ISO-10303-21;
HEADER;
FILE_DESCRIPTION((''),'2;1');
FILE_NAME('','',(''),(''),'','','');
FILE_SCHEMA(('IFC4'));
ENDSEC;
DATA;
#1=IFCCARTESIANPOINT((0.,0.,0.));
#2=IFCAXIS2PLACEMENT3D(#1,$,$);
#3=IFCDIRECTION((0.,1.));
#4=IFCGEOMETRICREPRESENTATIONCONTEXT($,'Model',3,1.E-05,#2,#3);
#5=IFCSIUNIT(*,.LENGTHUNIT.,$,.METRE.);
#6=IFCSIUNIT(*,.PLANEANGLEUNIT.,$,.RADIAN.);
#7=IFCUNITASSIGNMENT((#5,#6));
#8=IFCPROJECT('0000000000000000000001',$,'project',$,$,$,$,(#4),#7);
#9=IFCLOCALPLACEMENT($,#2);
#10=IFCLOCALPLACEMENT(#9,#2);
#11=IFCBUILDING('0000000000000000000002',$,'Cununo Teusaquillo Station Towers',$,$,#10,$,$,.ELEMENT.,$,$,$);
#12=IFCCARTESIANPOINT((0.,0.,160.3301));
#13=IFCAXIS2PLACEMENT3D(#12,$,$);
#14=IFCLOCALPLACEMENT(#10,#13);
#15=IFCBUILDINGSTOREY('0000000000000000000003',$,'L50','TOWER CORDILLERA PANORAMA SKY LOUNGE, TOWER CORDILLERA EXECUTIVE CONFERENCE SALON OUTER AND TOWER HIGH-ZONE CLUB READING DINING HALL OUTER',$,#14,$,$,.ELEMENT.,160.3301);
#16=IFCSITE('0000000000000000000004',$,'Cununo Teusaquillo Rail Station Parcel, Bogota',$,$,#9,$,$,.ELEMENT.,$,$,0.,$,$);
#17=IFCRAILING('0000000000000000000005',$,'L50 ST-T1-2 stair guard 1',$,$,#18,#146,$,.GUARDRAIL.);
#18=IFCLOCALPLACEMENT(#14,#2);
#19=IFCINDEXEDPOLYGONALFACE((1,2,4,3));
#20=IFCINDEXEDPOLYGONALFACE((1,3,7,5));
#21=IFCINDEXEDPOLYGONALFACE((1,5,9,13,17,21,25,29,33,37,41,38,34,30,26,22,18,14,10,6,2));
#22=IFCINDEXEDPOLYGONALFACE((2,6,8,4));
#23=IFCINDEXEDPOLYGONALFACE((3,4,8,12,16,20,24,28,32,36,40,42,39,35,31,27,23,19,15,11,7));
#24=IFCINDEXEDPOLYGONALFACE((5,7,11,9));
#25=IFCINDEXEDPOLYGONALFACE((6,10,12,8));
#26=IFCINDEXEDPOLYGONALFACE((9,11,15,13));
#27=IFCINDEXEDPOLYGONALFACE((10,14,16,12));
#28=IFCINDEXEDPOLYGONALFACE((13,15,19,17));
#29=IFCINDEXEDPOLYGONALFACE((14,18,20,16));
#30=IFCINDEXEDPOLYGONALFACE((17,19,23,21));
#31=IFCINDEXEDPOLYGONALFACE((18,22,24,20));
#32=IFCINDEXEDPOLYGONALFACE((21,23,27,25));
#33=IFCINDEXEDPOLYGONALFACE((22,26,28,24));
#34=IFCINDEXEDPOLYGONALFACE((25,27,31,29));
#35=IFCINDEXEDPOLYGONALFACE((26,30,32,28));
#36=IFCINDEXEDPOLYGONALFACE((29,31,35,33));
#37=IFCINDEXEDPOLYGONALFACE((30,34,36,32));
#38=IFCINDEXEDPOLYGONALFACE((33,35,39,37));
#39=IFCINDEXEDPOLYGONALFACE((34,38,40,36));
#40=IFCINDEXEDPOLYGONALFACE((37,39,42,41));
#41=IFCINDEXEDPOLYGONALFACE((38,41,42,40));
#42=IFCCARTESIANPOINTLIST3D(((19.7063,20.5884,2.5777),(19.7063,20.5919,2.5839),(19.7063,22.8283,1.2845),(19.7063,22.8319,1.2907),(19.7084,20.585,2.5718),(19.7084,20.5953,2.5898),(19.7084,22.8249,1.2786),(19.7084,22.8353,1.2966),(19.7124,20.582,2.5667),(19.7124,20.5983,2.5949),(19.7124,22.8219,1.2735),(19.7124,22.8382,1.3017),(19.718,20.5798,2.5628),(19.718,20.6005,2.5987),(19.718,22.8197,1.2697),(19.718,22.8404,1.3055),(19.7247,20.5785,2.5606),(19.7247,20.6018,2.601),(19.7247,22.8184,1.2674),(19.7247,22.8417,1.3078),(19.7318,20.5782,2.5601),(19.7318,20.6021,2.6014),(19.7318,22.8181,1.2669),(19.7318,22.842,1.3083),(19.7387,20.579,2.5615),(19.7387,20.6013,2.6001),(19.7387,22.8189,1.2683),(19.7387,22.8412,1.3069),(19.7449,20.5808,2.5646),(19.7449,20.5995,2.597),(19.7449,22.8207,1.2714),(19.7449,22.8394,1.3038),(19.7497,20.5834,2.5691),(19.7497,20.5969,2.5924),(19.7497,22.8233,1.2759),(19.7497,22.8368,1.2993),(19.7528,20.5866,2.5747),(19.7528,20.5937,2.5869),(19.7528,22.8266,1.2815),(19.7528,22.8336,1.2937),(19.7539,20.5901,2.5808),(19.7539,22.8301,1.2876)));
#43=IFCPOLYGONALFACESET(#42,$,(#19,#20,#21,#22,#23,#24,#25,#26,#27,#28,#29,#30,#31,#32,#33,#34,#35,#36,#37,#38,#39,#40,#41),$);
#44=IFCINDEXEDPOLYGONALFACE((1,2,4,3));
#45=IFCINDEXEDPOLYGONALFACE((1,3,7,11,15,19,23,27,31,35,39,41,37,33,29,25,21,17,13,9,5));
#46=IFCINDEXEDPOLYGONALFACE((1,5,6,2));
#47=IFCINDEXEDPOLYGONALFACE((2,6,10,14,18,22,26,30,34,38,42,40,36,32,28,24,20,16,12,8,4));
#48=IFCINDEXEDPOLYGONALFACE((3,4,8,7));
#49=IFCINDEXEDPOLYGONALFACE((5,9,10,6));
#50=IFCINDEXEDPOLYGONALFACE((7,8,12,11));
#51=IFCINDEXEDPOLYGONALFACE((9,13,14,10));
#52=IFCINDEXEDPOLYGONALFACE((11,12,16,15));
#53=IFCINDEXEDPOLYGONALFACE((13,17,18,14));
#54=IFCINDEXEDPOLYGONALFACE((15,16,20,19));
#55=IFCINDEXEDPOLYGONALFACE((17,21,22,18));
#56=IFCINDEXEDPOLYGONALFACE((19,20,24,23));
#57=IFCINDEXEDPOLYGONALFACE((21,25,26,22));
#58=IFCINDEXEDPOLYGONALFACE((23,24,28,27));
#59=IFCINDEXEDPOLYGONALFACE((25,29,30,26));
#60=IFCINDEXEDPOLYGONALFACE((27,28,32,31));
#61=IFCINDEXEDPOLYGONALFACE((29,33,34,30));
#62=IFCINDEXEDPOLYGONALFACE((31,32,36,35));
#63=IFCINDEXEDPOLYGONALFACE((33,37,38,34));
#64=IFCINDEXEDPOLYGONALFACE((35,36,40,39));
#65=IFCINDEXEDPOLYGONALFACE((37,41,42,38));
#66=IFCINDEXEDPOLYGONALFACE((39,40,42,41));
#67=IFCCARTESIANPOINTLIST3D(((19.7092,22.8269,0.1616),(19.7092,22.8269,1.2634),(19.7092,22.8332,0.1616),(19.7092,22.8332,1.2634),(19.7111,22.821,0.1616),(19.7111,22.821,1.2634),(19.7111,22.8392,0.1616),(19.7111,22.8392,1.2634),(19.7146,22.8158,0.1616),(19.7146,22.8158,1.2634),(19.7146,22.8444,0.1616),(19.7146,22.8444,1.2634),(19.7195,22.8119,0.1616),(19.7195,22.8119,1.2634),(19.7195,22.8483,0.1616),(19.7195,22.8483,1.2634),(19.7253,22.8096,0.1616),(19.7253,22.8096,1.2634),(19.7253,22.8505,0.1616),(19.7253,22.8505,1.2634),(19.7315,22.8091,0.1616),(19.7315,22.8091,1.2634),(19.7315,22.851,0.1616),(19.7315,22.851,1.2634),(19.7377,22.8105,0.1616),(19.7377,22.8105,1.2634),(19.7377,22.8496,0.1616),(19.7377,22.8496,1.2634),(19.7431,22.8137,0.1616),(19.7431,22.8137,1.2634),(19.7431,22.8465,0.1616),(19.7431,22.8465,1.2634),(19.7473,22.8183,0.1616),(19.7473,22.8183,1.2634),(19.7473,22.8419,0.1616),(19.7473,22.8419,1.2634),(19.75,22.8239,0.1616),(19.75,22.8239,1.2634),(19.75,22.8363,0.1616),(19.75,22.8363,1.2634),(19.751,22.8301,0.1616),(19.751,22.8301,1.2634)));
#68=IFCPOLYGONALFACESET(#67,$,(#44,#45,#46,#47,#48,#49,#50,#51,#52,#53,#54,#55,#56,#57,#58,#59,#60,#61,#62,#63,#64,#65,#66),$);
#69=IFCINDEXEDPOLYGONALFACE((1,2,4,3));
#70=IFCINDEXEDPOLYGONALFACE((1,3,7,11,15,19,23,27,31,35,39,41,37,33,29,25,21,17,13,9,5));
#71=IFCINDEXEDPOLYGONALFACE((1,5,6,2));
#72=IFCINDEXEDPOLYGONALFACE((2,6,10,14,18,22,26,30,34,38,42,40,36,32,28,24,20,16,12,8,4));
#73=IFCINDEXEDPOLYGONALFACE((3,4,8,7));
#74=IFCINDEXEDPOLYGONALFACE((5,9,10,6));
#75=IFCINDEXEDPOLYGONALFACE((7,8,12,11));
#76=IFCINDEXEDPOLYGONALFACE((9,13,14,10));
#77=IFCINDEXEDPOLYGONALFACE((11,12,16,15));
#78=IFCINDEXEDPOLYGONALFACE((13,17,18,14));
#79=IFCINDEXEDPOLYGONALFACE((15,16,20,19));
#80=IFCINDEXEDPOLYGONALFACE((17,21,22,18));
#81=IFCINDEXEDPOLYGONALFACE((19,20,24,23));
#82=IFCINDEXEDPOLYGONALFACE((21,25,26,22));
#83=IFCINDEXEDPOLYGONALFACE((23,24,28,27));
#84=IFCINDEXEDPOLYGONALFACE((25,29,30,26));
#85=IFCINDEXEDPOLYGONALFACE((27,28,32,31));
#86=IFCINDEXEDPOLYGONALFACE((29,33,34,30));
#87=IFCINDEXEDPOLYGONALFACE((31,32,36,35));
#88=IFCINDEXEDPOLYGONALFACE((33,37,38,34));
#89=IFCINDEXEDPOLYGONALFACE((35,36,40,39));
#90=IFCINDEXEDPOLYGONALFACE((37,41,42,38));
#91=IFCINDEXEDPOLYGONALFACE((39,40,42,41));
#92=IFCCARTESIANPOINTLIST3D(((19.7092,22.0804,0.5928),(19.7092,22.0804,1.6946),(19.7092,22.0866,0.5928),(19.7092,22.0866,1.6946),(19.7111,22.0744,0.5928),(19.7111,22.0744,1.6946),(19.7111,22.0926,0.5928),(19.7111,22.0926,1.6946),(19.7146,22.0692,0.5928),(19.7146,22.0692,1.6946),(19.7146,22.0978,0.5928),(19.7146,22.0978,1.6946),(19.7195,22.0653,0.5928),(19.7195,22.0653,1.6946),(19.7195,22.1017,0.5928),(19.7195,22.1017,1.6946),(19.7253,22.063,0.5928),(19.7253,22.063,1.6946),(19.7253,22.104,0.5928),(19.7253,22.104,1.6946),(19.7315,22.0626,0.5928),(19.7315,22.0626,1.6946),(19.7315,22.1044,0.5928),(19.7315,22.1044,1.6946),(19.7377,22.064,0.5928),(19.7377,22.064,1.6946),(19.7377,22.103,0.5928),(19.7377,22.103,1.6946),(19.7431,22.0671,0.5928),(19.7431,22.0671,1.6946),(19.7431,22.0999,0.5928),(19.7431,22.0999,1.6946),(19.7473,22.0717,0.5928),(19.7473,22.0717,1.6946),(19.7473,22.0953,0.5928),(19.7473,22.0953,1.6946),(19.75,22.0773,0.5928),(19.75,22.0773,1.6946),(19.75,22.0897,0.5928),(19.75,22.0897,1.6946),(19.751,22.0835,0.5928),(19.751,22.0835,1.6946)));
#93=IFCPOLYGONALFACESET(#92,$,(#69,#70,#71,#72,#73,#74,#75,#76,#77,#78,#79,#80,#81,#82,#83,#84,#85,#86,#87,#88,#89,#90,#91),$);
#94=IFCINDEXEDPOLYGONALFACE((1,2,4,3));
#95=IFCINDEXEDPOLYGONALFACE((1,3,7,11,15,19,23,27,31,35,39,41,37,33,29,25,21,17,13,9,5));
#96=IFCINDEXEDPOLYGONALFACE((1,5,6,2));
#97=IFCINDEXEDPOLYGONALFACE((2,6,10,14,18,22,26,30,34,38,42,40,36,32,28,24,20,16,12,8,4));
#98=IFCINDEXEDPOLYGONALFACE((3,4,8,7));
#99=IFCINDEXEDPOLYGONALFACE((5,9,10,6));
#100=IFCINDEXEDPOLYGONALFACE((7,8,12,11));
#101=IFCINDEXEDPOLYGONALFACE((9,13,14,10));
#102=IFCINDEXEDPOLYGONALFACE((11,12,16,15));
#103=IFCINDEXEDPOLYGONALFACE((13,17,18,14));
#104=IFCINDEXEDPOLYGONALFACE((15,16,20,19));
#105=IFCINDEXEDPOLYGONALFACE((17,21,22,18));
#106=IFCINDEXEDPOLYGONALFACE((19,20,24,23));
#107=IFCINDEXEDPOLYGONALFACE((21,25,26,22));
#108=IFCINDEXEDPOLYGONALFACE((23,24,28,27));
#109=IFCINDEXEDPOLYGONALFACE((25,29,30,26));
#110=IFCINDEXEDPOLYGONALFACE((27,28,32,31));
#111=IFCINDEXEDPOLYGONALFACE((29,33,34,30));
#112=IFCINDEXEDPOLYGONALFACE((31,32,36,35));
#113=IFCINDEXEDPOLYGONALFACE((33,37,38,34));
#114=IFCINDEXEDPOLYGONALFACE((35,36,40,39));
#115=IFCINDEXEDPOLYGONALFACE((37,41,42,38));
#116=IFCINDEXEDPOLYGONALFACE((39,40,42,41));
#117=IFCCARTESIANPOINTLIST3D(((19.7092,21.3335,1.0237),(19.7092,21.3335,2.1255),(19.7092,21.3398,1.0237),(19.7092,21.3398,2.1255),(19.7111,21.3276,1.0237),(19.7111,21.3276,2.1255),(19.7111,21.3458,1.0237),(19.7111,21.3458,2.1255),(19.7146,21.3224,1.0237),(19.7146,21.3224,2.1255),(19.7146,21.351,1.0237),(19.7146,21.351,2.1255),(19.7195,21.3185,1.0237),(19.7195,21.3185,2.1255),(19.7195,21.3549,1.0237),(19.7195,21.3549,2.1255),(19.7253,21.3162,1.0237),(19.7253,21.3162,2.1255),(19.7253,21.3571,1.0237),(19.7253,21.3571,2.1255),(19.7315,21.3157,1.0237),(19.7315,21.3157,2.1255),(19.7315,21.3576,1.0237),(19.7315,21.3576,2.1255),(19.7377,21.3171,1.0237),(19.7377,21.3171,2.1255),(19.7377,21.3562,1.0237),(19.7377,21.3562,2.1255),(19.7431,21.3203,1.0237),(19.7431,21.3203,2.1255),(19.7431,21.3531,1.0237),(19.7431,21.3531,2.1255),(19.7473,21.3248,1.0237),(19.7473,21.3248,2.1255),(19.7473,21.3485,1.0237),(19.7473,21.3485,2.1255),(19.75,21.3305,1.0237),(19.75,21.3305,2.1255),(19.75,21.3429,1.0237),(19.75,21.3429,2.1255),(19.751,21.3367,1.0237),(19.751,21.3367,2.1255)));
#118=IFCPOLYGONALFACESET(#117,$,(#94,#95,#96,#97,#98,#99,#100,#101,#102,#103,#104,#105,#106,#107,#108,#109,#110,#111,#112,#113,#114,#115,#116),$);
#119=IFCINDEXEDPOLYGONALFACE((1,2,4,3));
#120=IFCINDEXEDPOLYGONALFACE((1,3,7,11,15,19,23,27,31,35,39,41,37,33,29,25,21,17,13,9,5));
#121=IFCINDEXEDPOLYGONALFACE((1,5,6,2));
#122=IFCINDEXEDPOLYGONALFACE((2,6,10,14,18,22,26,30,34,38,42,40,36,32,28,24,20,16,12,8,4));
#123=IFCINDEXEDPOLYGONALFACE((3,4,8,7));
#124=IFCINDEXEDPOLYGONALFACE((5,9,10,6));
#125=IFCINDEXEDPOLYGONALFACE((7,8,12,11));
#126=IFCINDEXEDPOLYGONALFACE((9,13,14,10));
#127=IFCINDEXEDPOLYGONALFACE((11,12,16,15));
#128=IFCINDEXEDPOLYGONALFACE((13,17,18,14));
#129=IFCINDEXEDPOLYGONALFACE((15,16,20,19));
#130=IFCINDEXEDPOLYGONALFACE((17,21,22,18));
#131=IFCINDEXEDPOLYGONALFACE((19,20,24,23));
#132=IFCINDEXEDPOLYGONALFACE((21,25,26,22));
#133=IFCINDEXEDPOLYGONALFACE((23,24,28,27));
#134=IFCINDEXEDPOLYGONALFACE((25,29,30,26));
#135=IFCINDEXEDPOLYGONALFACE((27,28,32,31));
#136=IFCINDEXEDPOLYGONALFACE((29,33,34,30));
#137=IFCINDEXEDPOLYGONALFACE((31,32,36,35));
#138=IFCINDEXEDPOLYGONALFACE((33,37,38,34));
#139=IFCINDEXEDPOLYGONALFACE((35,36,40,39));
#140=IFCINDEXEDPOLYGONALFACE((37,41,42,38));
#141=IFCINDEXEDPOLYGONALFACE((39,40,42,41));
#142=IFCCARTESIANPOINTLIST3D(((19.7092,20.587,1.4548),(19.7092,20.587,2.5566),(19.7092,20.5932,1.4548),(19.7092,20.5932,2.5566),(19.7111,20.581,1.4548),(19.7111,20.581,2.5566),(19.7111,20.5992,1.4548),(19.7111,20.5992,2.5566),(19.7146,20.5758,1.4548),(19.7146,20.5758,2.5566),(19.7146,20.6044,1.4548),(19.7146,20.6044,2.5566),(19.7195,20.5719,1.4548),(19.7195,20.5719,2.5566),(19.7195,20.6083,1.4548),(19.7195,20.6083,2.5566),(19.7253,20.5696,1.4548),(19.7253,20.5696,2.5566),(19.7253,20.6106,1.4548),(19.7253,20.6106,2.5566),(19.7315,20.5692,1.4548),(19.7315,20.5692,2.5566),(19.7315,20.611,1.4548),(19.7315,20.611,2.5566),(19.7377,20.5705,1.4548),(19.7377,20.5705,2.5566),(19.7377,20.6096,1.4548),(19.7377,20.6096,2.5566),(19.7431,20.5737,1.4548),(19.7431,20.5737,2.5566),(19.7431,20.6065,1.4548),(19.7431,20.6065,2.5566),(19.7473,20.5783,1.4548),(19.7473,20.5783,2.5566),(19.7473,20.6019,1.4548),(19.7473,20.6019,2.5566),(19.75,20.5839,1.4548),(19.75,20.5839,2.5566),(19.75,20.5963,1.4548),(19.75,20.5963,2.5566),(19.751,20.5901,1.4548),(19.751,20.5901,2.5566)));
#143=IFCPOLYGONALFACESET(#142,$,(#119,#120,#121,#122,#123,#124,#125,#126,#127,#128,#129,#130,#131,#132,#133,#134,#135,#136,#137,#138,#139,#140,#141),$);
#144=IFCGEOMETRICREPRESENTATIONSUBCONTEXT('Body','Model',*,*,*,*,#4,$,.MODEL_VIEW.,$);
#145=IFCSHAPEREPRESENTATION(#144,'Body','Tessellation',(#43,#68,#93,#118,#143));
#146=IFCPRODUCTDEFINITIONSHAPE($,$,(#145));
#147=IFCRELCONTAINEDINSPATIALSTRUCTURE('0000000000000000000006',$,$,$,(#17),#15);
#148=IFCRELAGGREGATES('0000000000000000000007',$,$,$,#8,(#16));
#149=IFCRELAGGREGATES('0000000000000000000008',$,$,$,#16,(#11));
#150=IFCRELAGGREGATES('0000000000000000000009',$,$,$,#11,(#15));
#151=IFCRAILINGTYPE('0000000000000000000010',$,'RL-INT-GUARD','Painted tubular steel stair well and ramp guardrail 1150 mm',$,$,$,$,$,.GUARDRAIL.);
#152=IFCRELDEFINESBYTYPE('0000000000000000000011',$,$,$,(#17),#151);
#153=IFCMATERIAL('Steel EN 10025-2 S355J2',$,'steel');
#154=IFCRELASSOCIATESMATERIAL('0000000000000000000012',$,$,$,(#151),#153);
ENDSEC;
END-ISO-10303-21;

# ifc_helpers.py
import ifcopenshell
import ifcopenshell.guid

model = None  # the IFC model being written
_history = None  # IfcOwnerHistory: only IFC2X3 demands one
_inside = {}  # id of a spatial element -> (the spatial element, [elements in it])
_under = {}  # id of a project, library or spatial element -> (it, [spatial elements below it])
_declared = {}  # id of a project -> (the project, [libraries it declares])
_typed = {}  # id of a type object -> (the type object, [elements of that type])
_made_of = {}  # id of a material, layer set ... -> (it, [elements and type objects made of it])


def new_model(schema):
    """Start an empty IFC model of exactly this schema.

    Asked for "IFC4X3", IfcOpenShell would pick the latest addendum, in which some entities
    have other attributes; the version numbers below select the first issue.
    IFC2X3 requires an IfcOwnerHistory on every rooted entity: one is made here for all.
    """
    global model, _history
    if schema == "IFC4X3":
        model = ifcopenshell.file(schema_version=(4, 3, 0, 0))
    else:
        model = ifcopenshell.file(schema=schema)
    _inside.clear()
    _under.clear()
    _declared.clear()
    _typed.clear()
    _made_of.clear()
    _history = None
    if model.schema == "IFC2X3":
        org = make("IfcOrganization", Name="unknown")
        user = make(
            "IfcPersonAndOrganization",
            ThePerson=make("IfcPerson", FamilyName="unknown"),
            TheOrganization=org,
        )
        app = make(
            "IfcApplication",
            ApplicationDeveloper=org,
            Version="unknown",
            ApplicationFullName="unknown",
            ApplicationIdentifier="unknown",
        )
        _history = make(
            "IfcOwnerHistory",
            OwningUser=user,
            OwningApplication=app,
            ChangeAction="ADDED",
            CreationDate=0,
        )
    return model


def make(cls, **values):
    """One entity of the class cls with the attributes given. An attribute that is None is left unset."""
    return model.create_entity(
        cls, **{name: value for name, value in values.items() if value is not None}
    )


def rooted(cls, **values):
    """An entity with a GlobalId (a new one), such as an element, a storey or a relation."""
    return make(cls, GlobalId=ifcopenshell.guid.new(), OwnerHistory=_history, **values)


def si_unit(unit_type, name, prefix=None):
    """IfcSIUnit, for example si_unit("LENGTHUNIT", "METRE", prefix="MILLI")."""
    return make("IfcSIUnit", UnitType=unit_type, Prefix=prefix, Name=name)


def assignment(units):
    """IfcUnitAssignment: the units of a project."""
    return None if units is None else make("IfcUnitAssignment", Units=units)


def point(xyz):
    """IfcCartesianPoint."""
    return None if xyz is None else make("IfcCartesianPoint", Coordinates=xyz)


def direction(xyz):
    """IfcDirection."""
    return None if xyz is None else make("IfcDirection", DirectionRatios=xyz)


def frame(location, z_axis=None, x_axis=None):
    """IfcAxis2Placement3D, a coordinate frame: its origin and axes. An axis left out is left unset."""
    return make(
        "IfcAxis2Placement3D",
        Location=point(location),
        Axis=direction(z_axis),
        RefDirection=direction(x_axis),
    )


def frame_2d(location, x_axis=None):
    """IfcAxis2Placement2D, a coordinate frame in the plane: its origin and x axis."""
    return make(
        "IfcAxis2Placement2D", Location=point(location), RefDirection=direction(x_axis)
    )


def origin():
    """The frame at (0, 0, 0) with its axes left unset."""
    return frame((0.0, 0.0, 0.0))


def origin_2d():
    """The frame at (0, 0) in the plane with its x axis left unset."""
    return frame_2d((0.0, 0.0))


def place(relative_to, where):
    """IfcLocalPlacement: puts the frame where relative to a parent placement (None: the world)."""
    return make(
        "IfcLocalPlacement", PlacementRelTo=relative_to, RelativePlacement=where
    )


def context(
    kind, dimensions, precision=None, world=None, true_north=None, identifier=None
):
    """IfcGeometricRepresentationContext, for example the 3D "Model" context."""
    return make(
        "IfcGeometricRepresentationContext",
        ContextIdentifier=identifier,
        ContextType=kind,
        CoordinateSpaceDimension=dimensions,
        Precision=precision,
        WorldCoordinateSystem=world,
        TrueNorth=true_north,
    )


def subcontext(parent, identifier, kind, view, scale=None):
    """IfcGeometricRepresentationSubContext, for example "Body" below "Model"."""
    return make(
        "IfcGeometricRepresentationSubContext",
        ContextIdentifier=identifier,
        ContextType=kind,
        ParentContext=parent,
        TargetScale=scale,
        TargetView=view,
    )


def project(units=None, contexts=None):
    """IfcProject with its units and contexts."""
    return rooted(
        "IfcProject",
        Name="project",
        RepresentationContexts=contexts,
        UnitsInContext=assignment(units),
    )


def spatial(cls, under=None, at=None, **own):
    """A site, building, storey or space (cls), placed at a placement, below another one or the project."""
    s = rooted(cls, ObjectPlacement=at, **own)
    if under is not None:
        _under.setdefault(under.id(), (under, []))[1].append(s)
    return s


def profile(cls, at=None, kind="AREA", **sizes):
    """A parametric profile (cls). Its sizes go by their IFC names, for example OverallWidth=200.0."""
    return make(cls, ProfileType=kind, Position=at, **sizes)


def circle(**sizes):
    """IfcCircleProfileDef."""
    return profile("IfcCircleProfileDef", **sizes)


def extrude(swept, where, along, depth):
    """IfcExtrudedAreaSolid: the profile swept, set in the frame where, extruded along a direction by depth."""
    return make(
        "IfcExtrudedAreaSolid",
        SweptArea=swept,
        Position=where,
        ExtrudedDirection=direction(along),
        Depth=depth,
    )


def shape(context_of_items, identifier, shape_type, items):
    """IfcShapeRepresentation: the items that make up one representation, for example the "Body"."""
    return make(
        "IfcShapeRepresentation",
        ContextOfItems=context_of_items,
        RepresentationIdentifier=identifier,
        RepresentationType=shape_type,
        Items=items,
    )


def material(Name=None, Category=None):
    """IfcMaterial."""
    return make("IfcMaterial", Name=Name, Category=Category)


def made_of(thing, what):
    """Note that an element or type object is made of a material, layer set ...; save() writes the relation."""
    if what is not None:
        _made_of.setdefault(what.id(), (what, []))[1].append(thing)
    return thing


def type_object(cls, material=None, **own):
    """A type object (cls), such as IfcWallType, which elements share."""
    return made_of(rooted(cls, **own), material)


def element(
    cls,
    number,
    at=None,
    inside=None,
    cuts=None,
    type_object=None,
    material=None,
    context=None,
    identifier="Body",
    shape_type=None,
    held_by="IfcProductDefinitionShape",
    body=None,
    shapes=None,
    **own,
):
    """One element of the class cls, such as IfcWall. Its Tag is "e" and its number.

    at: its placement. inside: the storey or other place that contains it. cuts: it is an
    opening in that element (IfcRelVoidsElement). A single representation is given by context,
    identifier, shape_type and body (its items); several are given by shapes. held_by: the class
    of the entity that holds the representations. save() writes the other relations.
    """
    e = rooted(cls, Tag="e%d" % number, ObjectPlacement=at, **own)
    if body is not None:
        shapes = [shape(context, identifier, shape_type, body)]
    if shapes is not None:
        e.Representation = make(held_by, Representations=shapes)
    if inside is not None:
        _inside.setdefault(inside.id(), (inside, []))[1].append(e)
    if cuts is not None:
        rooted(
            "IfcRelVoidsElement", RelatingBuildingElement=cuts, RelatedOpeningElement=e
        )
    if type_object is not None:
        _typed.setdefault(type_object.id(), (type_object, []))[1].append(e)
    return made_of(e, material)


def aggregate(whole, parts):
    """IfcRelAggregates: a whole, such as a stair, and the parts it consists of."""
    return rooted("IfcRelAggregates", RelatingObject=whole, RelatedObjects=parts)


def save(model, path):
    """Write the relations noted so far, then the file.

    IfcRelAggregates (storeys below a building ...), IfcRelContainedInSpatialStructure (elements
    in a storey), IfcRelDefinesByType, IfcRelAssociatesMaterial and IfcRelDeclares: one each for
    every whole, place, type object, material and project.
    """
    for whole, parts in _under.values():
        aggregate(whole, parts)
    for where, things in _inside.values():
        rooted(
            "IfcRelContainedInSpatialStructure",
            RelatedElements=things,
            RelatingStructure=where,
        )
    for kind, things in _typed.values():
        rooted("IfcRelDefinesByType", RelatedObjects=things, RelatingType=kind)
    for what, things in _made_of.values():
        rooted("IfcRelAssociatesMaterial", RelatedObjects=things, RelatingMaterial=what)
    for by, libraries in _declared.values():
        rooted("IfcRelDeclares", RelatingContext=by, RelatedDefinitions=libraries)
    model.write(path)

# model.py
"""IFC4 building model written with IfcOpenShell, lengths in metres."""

from ifc_helpers import new_model, si_unit, direction, frame, origin, origin_2d, place, context, subcontext, project, spatial, circle, extrude, material, type_object, element, save


model = new_model("IFC4")

# Units and contexts
model_context = context("Model", 3, precision=1e-05, world=origin(), true_north=direction((0.0, 1.0)))
body_context = subcontext(model_context, "Body", "Model", "MODEL_VIEW")
ifc_project = project(units=[si_unit("LENGTHUNIT", "METRE"), si_unit("PLANEANGLEUNIT", "RADIAN")], contexts=[model_context])

# Site, building, storey
site_placement = place(None, origin())
site = spatial("IfcSite", under=ifc_project, at=site_placement, Name="Cununo Teusaquillo Rail Station Parcel, Bogota", CompositionType="ELEMENT", RefElevation=0.0)
building_placement = place(site_placement, origin())
building = spatial("IfcBuilding", under=site, at=building_placement, Name="Cununo Teusaquillo Station Towers", CompositionType="ELEMENT")
storey_placement = place(building_placement, frame((0.0, 0.0, 160.3301)))
storey = spatial("IfcBuildingStorey", under=building, at=storey_placement, Name="L50", Description="TOWER CORDILLERA PANORAMA SKY LOUNGE, TOWER CORDILLERA EXECUTIVE CONFERENCE SALON OUTER AND TOWER HIGH-ZONE CLUB READING DINING HALL OUTER", CompositionType="ELEMENT", Elevation=160.3301)

# Railing
ifc_material_1 = material(Name="Steel EN 10025-2 S355J2", Category="steel")
railing_type_1 = type_object("IfcRailingType", Name="RL-INT-GUARD", Description="Painted tubular steel stair well and ramp guardrail 1150 mm", PredefinedType="GUARDRAIL", material=ifc_material_1)
railing_1_placement = place(storey_placement, frame((19.73, 22.8301, 0.1616)))
element("IfcRailing", 1, at=railing_1_placement, inside=storey, type_object=railing_type_1, Name="L50 ST-T1-2 stair guard 1", PredefinedType="GUARDRAIL", context=body_context, shape_type="SweptSolid", body=[
    extrude(circle(Radius=0.0239, at=origin_2d()), frame((0.0, 0.0, 1.126), z_axis=(0.0, -0.866033, 0.499987), x_axis=(1.0, 0.0, 0.0)), (0.0, 0.0, 1.0), 2.5864),
    extrude(circle(Radius=0.021, at=origin_2d()), origin(), (0.0, 0.0, 1.0), 1.1018),
    extrude(circle(Radius=0.021, at=origin_2d()), frame((0.0, -0.7466, 0.4312)), (0.0, 0.0, 1.0), 1.1018),
    extrude(circle(Radius=0.021, at=origin_2d()), frame((0.0, -1.4934, 0.8621)), (0.0, 0.0, 1.0), 1.1018),
    extrude(circle(Radius=0.021, at=origin_2d()), frame((0.0, -2.24, 1.2932)), (0.0, 0.0, 1.0), 1.1018),
])

save(model, "model.ifc")
